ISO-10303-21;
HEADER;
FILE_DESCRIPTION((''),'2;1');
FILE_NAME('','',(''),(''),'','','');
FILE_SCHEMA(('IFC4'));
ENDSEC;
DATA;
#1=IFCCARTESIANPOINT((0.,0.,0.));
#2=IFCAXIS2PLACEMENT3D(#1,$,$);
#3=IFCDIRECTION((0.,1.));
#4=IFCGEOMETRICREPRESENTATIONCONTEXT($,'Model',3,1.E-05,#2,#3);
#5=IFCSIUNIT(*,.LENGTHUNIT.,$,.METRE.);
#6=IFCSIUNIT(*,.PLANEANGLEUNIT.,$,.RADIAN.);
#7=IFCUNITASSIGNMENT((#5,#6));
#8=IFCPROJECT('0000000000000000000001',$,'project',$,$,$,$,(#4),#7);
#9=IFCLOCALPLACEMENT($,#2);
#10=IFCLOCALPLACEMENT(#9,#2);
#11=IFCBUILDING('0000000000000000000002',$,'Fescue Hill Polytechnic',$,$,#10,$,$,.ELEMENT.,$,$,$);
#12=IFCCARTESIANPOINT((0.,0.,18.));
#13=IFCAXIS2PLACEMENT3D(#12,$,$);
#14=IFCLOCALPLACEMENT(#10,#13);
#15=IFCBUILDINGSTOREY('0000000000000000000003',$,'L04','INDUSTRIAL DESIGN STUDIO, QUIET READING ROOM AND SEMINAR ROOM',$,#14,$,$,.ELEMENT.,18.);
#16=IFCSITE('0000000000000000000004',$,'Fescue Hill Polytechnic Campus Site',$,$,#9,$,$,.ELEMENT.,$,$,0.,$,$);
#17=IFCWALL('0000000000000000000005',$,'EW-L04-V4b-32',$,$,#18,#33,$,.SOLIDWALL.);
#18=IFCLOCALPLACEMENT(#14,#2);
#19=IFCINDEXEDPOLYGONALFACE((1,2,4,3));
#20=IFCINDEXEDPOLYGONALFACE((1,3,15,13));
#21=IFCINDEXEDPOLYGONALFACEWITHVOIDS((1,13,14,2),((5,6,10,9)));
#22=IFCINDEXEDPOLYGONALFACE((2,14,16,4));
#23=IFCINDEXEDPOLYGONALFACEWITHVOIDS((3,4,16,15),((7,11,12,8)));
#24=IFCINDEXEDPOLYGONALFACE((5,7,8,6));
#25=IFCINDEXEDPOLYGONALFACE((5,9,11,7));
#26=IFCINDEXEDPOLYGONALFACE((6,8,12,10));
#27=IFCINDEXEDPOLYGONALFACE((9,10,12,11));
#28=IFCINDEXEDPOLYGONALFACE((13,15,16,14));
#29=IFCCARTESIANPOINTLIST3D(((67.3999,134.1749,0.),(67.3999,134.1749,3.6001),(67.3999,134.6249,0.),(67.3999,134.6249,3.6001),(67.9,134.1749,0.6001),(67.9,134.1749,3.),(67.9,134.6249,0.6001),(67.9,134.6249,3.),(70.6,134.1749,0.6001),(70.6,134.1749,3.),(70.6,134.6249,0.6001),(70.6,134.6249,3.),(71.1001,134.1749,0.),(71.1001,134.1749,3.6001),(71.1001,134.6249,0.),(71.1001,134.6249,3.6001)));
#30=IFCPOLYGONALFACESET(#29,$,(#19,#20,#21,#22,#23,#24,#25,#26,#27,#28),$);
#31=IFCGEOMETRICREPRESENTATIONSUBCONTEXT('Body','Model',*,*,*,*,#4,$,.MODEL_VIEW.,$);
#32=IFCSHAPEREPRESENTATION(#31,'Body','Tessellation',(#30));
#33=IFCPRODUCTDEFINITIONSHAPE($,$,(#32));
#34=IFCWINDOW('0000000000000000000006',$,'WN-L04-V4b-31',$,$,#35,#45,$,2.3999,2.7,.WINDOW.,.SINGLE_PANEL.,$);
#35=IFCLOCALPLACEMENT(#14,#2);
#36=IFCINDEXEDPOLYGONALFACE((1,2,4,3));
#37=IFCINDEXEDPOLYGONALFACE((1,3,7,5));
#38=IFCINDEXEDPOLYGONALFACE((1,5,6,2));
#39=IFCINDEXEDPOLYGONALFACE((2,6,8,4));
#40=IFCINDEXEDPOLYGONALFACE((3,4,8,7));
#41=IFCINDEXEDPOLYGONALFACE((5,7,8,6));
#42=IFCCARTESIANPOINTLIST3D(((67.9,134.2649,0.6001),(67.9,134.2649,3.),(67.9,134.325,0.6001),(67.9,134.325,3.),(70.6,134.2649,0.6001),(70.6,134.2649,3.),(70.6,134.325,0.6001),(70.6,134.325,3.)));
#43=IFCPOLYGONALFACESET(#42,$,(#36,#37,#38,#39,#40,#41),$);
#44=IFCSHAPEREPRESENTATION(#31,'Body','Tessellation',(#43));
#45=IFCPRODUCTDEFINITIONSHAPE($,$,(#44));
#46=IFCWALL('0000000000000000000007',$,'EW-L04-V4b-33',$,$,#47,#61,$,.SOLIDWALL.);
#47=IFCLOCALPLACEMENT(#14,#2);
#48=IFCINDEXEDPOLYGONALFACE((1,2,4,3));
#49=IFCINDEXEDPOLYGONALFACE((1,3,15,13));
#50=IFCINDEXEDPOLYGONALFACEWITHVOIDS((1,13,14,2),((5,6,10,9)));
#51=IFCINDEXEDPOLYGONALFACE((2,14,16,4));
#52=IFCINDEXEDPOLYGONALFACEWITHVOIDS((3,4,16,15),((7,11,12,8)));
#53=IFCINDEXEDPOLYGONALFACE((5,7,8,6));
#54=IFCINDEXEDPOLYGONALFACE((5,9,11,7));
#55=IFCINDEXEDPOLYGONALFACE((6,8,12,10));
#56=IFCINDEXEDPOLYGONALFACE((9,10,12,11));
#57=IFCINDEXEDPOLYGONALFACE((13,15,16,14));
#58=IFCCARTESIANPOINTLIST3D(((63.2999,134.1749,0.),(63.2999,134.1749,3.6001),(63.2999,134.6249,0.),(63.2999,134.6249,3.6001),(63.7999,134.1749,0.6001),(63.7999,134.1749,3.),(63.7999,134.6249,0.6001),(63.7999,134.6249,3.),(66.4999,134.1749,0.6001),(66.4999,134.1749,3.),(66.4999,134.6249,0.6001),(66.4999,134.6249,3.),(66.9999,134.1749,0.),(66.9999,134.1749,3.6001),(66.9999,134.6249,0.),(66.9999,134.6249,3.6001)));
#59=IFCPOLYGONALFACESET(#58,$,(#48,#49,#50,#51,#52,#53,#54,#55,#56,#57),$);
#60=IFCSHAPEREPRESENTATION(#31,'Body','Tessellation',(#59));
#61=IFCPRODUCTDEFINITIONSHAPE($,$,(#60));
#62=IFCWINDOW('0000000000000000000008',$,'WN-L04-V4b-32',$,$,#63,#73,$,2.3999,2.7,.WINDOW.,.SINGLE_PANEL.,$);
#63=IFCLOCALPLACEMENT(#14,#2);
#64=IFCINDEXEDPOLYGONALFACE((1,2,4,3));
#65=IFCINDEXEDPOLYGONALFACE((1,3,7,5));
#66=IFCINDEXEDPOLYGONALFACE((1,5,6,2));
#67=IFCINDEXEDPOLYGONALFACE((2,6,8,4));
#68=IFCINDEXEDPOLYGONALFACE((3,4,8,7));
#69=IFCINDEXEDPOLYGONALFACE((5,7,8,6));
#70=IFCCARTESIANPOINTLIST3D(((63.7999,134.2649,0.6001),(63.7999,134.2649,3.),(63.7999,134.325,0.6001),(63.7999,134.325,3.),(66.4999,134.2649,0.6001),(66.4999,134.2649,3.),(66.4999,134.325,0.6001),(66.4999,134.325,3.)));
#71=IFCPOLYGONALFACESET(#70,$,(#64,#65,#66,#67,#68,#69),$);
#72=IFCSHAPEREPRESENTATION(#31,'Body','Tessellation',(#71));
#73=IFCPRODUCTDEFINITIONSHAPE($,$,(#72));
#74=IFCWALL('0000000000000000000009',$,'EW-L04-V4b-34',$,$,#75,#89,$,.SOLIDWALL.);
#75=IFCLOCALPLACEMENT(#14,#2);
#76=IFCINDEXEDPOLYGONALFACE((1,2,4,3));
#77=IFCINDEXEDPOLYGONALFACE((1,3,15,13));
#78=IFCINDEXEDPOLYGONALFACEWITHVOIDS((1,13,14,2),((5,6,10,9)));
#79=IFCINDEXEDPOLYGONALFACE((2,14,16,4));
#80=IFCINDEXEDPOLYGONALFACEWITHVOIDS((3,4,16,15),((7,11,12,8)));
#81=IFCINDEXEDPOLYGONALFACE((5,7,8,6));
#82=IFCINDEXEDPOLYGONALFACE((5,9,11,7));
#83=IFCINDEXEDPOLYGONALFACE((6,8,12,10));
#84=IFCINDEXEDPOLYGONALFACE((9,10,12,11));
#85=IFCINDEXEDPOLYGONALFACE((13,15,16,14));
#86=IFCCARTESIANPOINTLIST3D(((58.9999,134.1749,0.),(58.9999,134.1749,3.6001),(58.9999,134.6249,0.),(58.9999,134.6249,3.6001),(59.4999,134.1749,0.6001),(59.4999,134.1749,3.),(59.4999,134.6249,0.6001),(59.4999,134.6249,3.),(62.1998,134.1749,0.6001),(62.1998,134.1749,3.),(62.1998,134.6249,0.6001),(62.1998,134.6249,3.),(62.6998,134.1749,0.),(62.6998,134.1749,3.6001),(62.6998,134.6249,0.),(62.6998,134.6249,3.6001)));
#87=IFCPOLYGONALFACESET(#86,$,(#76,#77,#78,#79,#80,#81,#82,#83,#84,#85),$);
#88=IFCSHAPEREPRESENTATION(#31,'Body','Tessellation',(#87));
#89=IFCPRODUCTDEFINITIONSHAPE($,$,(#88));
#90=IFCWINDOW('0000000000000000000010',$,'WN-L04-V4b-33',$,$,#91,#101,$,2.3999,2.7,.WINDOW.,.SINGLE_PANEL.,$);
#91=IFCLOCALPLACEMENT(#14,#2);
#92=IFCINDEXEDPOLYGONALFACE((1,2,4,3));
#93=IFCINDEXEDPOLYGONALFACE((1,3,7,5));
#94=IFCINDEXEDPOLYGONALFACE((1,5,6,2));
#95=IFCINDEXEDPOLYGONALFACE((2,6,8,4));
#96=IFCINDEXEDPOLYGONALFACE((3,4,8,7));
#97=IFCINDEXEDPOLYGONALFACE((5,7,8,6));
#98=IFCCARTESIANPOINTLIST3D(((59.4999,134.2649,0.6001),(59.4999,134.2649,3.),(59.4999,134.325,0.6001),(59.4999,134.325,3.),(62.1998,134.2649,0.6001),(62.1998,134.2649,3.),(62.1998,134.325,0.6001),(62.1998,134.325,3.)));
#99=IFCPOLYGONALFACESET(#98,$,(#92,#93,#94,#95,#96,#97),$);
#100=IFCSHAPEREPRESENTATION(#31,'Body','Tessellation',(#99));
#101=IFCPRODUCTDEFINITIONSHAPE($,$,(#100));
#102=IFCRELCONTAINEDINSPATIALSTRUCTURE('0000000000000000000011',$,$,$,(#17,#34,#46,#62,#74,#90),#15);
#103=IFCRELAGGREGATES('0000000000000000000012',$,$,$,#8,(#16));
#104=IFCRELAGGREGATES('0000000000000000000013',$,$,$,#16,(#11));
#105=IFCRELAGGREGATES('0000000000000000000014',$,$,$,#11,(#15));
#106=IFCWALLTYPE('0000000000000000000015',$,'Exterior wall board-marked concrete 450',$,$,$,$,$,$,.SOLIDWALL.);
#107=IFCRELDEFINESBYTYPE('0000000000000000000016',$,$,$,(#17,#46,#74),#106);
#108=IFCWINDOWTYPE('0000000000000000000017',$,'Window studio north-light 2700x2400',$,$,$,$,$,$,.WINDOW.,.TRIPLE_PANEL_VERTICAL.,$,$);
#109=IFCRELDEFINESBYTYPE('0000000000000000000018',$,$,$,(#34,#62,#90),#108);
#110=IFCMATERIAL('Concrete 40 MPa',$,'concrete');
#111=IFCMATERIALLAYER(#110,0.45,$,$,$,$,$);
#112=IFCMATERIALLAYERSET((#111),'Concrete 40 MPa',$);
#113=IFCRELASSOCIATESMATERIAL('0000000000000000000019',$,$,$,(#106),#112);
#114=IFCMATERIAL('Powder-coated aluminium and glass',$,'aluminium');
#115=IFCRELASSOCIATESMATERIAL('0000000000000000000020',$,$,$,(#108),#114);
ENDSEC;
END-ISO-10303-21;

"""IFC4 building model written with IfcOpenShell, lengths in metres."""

from ifc_helpers import new_model, si_unit, direction, frame, frame_2d, origin, place, context, subcontext, project, spatial, rectangle, extrude, material, layer, layer_set, type_object, element, fill, save


model = new_model("IFC4")

# Units and contexts
model_context = context("Model", 3, precision=1e-05, world=origin(), true_north=direction((0.0, 1.0)))
body_context = subcontext(model_context, "Body", "Model", "MODEL_VIEW")
ifc_project = project(units=[si_unit("LENGTHUNIT", "METRE"), si_unit("PLANEANGLEUNIT", "RADIAN")], contexts=[model_context])

# Site, building, storey
site_placement = place(None, origin())
site = spatial("IfcSite", under=ifc_project, at=site_placement, Name="Fescue Hill Polytechnic Campus Site", CompositionType="ELEMENT", RefElevation=0.0)
building_placement = place(site_placement, origin())
building = spatial("IfcBuilding", under=site, at=building_placement, Name="Fescue Hill Polytechnic", CompositionType="ELEMENT")
storey_placement = place(building_placement, frame((0.0, 0.0, 18.0)))
storey = spatial("IfcBuildingStorey", under=building, at=storey_placement, Name="L04", Description="INDUSTRIAL DESIGN STUDIO, QUIET READING ROOM AND SEMINAR ROOM", CompositionType="ELEMENT", Elevation=18.0)

# Shared definitions
ifc_material_1 = material(Name="Concrete 40 MPa", Category="concrete")

# Walls, openings, windows
ifc_layer_1 = layer(ifc_material_1, 0.45)
ifc_layer_set_1 = layer_set([ifc_layer_1], Name="Concrete 40 MPa")
wall_type_1 = type_object("IfcWallType", Name="Exterior wall board-marked concrete 450", PredefinedType="SOLIDWALL", material=ifc_layer_set_1)
wall_1_placement = place(storey_placement, frame((71.1001, 134.3999, 0.0), z_axis=(0.0, 0.0, 1.0), x_axis=(-1.0, 0.0, 0.0)))
wall_1 = element("IfcWall", 1, at=wall_1_placement, inside=storey, type_object=wall_type_1, Name="EW-L04-V4b-32", PredefinedType="SOLIDWALL", context=body_context, shape_type="SweptSolid", body=[
    extrude(rectangle(XDim=3.7002, YDim=0.45, at=frame_2d((1.8501, 0.0))), origin(), (0.0, 0.0, 1.0), 3.6001),
])
opening_1_placement = place(wall_1_placement, frame((0.5, 0.0, 0.6001)))
opening_1 = element("IfcOpeningElement", 2, at=opening_1_placement, cuts=wall_1, PredefinedType="OPENING", context=body_context, shape_type="SweptSolid", body=[
    extrude(rectangle(XDim=2.7, YDim=2.3999, at=frame_2d((1.3501, 1.2))), frame((0.0, 0.2349, 0.0), z_axis=(0.0, -1.0, 0.0), x_axis=(1.0, 0.0, 0.0)), (0.0, 0.0, 1.0), 0.47),
])
ifc_material_2 = material(Name="Powder-coated aluminium and glass", Category="aluminium")
window_type = type_object("IfcWindowType", Name="Window studio north-light 2700x2400", PartitioningType="TRIPLE_PANEL_VERTICAL", PredefinedType="WINDOW", material=ifc_material_2)
window_1_placement = place(opening_1_placement, origin())
window_1 = element("IfcWindow", 3, at=window_1_placement, inside=storey, type_object=window_type, Name="WN-L04-V4b-31", OverallHeight=2.3999, OverallWidth=2.7, PartitioningType="SINGLE_PANEL", PredefinedType="WINDOW", context=body_context, shape_type="SweptSolid", body=[
    extrude(rectangle(XDim=2.7, YDim=2.3999, at=frame_2d((1.3501, 1.2))), frame((0.0, 0.135, 0.0), z_axis=(0.0, -1.0, 0.0), x_axis=(1.0, 0.0, 0.0)), (0.0, 0.0, 1.0), 0.0601),
])
fill(opening_1, window_1)
wall_2_placement = place(storey_placement, frame((67.0, 134.3999, 0.0), z_axis=(0.0, 0.0, 1.0), x_axis=(-1.0, 0.0, 0.0)))
wall_2 = element("IfcWall", 4, at=wall_2_placement, inside=storey, type_object=wall_type_1, Name="EW-L04-V4b-33", PredefinedType="SOLIDWALL", context=body_context, shape_type="SweptSolid", body=[
    extrude(rectangle(XDim=3.7, YDim=0.45, at=frame_2d((1.8501, 0.0))), origin(), (0.0, 0.0, 1.0), 3.6001),
])
opening_2_placement = place(wall_2_placement, frame((0.5, 0.0, 0.6001)))
opening_2 = element("IfcOpeningElement", 5, at=opening_2_placement, cuts=wall_2, PredefinedType="OPENING", context=body_context, shape_type="SweptSolid", body=[
    extrude(rectangle(XDim=2.7, YDim=2.3999, at=frame_2d((1.3501, 1.2))), frame((0.0, 0.2349, 0.0), z_axis=(0.0, -1.0, 0.0), x_axis=(1.0, 0.0, 0.0)), (0.0, 0.0, 1.0), 0.47),
])
window_2_placement = place(opening_2_placement, origin())
window_2 = element("IfcWindow", 6, at=window_2_placement, inside=storey, type_object=window_type, Name="WN-L04-V4b-32", OverallHeight=2.3999, OverallWidth=2.7, PartitioningType="SINGLE_PANEL", PredefinedType="WINDOW", context=body_context, shape_type="SweptSolid", body=[
    extrude(rectangle(XDim=2.7, YDim=2.3999, at=frame_2d((1.3501, 1.2))), frame((0.0, 0.135, 0.0), z_axis=(0.0, -1.0, 0.0), x_axis=(1.0, 0.0, 0.0)), (0.0, 0.0, 1.0), 0.0601),
])
fill(opening_2, window_2)
wall_3_placement = place(storey_placement, frame((62.7, 134.3999, 0.0), z_axis=(0.0, 0.0, 1.0), x_axis=(-1.0, 0.0, 0.0)))
wall_3 = element("IfcWall", 7, at=wall_3_placement, inside=storey, type_object=wall_type_1, Name="EW-L04-V4b-34", PredefinedType="SOLIDWALL", context=body_context, shape_type="SweptSolid", body=[
    extrude(rectangle(XDim=3.7, YDim=0.45, at=frame_2d((1.8501, 0.0))), origin(), (0.0, 0.0, 1.0), 3.6001),
])
opening_3_placement = place(wall_3_placement, frame((0.5, 0.0, 0.6001)))
opening_3 = element("IfcOpeningElement", 8, at=opening_3_placement, cuts=wall_3, PredefinedType="OPENING", context=body_context, shape_type="SweptSolid", body=[
    extrude(rectangle(XDim=2.7, YDim=2.3999, at=frame_2d((1.3501, 1.2))), frame((0.0, 0.2349, 0.0), z_axis=(0.0, -1.0, 0.0), x_axis=(1.0, 0.0, 0.0)), (0.0, 0.0, 1.0), 0.47),
])
window_3_placement = place(opening_3_placement, origin())
window_3 = element("IfcWindow", 9, at=window_3_placement, inside=storey, type_object=window_type, Name="WN-L04-V4b-33", OverallHeight=2.3999, OverallWidth=2.7, PartitioningType="SINGLE_PANEL", PredefinedType="WINDOW", context=body_context, shape_type="SweptSolid", body=[
    extrude(rectangle(XDim=2.7, YDim=2.3999, at=frame_2d((1.3501, 1.2))), frame((0.0, 0.135, 0.0), z_axis=(0.0, -1.0, 0.0), x_axis=(1.0, 0.0, 0.0)), (0.0, 0.0, 1.0), 0.0601),
])
fill(opening_3, window_3)

save(model, "model.ifc")
